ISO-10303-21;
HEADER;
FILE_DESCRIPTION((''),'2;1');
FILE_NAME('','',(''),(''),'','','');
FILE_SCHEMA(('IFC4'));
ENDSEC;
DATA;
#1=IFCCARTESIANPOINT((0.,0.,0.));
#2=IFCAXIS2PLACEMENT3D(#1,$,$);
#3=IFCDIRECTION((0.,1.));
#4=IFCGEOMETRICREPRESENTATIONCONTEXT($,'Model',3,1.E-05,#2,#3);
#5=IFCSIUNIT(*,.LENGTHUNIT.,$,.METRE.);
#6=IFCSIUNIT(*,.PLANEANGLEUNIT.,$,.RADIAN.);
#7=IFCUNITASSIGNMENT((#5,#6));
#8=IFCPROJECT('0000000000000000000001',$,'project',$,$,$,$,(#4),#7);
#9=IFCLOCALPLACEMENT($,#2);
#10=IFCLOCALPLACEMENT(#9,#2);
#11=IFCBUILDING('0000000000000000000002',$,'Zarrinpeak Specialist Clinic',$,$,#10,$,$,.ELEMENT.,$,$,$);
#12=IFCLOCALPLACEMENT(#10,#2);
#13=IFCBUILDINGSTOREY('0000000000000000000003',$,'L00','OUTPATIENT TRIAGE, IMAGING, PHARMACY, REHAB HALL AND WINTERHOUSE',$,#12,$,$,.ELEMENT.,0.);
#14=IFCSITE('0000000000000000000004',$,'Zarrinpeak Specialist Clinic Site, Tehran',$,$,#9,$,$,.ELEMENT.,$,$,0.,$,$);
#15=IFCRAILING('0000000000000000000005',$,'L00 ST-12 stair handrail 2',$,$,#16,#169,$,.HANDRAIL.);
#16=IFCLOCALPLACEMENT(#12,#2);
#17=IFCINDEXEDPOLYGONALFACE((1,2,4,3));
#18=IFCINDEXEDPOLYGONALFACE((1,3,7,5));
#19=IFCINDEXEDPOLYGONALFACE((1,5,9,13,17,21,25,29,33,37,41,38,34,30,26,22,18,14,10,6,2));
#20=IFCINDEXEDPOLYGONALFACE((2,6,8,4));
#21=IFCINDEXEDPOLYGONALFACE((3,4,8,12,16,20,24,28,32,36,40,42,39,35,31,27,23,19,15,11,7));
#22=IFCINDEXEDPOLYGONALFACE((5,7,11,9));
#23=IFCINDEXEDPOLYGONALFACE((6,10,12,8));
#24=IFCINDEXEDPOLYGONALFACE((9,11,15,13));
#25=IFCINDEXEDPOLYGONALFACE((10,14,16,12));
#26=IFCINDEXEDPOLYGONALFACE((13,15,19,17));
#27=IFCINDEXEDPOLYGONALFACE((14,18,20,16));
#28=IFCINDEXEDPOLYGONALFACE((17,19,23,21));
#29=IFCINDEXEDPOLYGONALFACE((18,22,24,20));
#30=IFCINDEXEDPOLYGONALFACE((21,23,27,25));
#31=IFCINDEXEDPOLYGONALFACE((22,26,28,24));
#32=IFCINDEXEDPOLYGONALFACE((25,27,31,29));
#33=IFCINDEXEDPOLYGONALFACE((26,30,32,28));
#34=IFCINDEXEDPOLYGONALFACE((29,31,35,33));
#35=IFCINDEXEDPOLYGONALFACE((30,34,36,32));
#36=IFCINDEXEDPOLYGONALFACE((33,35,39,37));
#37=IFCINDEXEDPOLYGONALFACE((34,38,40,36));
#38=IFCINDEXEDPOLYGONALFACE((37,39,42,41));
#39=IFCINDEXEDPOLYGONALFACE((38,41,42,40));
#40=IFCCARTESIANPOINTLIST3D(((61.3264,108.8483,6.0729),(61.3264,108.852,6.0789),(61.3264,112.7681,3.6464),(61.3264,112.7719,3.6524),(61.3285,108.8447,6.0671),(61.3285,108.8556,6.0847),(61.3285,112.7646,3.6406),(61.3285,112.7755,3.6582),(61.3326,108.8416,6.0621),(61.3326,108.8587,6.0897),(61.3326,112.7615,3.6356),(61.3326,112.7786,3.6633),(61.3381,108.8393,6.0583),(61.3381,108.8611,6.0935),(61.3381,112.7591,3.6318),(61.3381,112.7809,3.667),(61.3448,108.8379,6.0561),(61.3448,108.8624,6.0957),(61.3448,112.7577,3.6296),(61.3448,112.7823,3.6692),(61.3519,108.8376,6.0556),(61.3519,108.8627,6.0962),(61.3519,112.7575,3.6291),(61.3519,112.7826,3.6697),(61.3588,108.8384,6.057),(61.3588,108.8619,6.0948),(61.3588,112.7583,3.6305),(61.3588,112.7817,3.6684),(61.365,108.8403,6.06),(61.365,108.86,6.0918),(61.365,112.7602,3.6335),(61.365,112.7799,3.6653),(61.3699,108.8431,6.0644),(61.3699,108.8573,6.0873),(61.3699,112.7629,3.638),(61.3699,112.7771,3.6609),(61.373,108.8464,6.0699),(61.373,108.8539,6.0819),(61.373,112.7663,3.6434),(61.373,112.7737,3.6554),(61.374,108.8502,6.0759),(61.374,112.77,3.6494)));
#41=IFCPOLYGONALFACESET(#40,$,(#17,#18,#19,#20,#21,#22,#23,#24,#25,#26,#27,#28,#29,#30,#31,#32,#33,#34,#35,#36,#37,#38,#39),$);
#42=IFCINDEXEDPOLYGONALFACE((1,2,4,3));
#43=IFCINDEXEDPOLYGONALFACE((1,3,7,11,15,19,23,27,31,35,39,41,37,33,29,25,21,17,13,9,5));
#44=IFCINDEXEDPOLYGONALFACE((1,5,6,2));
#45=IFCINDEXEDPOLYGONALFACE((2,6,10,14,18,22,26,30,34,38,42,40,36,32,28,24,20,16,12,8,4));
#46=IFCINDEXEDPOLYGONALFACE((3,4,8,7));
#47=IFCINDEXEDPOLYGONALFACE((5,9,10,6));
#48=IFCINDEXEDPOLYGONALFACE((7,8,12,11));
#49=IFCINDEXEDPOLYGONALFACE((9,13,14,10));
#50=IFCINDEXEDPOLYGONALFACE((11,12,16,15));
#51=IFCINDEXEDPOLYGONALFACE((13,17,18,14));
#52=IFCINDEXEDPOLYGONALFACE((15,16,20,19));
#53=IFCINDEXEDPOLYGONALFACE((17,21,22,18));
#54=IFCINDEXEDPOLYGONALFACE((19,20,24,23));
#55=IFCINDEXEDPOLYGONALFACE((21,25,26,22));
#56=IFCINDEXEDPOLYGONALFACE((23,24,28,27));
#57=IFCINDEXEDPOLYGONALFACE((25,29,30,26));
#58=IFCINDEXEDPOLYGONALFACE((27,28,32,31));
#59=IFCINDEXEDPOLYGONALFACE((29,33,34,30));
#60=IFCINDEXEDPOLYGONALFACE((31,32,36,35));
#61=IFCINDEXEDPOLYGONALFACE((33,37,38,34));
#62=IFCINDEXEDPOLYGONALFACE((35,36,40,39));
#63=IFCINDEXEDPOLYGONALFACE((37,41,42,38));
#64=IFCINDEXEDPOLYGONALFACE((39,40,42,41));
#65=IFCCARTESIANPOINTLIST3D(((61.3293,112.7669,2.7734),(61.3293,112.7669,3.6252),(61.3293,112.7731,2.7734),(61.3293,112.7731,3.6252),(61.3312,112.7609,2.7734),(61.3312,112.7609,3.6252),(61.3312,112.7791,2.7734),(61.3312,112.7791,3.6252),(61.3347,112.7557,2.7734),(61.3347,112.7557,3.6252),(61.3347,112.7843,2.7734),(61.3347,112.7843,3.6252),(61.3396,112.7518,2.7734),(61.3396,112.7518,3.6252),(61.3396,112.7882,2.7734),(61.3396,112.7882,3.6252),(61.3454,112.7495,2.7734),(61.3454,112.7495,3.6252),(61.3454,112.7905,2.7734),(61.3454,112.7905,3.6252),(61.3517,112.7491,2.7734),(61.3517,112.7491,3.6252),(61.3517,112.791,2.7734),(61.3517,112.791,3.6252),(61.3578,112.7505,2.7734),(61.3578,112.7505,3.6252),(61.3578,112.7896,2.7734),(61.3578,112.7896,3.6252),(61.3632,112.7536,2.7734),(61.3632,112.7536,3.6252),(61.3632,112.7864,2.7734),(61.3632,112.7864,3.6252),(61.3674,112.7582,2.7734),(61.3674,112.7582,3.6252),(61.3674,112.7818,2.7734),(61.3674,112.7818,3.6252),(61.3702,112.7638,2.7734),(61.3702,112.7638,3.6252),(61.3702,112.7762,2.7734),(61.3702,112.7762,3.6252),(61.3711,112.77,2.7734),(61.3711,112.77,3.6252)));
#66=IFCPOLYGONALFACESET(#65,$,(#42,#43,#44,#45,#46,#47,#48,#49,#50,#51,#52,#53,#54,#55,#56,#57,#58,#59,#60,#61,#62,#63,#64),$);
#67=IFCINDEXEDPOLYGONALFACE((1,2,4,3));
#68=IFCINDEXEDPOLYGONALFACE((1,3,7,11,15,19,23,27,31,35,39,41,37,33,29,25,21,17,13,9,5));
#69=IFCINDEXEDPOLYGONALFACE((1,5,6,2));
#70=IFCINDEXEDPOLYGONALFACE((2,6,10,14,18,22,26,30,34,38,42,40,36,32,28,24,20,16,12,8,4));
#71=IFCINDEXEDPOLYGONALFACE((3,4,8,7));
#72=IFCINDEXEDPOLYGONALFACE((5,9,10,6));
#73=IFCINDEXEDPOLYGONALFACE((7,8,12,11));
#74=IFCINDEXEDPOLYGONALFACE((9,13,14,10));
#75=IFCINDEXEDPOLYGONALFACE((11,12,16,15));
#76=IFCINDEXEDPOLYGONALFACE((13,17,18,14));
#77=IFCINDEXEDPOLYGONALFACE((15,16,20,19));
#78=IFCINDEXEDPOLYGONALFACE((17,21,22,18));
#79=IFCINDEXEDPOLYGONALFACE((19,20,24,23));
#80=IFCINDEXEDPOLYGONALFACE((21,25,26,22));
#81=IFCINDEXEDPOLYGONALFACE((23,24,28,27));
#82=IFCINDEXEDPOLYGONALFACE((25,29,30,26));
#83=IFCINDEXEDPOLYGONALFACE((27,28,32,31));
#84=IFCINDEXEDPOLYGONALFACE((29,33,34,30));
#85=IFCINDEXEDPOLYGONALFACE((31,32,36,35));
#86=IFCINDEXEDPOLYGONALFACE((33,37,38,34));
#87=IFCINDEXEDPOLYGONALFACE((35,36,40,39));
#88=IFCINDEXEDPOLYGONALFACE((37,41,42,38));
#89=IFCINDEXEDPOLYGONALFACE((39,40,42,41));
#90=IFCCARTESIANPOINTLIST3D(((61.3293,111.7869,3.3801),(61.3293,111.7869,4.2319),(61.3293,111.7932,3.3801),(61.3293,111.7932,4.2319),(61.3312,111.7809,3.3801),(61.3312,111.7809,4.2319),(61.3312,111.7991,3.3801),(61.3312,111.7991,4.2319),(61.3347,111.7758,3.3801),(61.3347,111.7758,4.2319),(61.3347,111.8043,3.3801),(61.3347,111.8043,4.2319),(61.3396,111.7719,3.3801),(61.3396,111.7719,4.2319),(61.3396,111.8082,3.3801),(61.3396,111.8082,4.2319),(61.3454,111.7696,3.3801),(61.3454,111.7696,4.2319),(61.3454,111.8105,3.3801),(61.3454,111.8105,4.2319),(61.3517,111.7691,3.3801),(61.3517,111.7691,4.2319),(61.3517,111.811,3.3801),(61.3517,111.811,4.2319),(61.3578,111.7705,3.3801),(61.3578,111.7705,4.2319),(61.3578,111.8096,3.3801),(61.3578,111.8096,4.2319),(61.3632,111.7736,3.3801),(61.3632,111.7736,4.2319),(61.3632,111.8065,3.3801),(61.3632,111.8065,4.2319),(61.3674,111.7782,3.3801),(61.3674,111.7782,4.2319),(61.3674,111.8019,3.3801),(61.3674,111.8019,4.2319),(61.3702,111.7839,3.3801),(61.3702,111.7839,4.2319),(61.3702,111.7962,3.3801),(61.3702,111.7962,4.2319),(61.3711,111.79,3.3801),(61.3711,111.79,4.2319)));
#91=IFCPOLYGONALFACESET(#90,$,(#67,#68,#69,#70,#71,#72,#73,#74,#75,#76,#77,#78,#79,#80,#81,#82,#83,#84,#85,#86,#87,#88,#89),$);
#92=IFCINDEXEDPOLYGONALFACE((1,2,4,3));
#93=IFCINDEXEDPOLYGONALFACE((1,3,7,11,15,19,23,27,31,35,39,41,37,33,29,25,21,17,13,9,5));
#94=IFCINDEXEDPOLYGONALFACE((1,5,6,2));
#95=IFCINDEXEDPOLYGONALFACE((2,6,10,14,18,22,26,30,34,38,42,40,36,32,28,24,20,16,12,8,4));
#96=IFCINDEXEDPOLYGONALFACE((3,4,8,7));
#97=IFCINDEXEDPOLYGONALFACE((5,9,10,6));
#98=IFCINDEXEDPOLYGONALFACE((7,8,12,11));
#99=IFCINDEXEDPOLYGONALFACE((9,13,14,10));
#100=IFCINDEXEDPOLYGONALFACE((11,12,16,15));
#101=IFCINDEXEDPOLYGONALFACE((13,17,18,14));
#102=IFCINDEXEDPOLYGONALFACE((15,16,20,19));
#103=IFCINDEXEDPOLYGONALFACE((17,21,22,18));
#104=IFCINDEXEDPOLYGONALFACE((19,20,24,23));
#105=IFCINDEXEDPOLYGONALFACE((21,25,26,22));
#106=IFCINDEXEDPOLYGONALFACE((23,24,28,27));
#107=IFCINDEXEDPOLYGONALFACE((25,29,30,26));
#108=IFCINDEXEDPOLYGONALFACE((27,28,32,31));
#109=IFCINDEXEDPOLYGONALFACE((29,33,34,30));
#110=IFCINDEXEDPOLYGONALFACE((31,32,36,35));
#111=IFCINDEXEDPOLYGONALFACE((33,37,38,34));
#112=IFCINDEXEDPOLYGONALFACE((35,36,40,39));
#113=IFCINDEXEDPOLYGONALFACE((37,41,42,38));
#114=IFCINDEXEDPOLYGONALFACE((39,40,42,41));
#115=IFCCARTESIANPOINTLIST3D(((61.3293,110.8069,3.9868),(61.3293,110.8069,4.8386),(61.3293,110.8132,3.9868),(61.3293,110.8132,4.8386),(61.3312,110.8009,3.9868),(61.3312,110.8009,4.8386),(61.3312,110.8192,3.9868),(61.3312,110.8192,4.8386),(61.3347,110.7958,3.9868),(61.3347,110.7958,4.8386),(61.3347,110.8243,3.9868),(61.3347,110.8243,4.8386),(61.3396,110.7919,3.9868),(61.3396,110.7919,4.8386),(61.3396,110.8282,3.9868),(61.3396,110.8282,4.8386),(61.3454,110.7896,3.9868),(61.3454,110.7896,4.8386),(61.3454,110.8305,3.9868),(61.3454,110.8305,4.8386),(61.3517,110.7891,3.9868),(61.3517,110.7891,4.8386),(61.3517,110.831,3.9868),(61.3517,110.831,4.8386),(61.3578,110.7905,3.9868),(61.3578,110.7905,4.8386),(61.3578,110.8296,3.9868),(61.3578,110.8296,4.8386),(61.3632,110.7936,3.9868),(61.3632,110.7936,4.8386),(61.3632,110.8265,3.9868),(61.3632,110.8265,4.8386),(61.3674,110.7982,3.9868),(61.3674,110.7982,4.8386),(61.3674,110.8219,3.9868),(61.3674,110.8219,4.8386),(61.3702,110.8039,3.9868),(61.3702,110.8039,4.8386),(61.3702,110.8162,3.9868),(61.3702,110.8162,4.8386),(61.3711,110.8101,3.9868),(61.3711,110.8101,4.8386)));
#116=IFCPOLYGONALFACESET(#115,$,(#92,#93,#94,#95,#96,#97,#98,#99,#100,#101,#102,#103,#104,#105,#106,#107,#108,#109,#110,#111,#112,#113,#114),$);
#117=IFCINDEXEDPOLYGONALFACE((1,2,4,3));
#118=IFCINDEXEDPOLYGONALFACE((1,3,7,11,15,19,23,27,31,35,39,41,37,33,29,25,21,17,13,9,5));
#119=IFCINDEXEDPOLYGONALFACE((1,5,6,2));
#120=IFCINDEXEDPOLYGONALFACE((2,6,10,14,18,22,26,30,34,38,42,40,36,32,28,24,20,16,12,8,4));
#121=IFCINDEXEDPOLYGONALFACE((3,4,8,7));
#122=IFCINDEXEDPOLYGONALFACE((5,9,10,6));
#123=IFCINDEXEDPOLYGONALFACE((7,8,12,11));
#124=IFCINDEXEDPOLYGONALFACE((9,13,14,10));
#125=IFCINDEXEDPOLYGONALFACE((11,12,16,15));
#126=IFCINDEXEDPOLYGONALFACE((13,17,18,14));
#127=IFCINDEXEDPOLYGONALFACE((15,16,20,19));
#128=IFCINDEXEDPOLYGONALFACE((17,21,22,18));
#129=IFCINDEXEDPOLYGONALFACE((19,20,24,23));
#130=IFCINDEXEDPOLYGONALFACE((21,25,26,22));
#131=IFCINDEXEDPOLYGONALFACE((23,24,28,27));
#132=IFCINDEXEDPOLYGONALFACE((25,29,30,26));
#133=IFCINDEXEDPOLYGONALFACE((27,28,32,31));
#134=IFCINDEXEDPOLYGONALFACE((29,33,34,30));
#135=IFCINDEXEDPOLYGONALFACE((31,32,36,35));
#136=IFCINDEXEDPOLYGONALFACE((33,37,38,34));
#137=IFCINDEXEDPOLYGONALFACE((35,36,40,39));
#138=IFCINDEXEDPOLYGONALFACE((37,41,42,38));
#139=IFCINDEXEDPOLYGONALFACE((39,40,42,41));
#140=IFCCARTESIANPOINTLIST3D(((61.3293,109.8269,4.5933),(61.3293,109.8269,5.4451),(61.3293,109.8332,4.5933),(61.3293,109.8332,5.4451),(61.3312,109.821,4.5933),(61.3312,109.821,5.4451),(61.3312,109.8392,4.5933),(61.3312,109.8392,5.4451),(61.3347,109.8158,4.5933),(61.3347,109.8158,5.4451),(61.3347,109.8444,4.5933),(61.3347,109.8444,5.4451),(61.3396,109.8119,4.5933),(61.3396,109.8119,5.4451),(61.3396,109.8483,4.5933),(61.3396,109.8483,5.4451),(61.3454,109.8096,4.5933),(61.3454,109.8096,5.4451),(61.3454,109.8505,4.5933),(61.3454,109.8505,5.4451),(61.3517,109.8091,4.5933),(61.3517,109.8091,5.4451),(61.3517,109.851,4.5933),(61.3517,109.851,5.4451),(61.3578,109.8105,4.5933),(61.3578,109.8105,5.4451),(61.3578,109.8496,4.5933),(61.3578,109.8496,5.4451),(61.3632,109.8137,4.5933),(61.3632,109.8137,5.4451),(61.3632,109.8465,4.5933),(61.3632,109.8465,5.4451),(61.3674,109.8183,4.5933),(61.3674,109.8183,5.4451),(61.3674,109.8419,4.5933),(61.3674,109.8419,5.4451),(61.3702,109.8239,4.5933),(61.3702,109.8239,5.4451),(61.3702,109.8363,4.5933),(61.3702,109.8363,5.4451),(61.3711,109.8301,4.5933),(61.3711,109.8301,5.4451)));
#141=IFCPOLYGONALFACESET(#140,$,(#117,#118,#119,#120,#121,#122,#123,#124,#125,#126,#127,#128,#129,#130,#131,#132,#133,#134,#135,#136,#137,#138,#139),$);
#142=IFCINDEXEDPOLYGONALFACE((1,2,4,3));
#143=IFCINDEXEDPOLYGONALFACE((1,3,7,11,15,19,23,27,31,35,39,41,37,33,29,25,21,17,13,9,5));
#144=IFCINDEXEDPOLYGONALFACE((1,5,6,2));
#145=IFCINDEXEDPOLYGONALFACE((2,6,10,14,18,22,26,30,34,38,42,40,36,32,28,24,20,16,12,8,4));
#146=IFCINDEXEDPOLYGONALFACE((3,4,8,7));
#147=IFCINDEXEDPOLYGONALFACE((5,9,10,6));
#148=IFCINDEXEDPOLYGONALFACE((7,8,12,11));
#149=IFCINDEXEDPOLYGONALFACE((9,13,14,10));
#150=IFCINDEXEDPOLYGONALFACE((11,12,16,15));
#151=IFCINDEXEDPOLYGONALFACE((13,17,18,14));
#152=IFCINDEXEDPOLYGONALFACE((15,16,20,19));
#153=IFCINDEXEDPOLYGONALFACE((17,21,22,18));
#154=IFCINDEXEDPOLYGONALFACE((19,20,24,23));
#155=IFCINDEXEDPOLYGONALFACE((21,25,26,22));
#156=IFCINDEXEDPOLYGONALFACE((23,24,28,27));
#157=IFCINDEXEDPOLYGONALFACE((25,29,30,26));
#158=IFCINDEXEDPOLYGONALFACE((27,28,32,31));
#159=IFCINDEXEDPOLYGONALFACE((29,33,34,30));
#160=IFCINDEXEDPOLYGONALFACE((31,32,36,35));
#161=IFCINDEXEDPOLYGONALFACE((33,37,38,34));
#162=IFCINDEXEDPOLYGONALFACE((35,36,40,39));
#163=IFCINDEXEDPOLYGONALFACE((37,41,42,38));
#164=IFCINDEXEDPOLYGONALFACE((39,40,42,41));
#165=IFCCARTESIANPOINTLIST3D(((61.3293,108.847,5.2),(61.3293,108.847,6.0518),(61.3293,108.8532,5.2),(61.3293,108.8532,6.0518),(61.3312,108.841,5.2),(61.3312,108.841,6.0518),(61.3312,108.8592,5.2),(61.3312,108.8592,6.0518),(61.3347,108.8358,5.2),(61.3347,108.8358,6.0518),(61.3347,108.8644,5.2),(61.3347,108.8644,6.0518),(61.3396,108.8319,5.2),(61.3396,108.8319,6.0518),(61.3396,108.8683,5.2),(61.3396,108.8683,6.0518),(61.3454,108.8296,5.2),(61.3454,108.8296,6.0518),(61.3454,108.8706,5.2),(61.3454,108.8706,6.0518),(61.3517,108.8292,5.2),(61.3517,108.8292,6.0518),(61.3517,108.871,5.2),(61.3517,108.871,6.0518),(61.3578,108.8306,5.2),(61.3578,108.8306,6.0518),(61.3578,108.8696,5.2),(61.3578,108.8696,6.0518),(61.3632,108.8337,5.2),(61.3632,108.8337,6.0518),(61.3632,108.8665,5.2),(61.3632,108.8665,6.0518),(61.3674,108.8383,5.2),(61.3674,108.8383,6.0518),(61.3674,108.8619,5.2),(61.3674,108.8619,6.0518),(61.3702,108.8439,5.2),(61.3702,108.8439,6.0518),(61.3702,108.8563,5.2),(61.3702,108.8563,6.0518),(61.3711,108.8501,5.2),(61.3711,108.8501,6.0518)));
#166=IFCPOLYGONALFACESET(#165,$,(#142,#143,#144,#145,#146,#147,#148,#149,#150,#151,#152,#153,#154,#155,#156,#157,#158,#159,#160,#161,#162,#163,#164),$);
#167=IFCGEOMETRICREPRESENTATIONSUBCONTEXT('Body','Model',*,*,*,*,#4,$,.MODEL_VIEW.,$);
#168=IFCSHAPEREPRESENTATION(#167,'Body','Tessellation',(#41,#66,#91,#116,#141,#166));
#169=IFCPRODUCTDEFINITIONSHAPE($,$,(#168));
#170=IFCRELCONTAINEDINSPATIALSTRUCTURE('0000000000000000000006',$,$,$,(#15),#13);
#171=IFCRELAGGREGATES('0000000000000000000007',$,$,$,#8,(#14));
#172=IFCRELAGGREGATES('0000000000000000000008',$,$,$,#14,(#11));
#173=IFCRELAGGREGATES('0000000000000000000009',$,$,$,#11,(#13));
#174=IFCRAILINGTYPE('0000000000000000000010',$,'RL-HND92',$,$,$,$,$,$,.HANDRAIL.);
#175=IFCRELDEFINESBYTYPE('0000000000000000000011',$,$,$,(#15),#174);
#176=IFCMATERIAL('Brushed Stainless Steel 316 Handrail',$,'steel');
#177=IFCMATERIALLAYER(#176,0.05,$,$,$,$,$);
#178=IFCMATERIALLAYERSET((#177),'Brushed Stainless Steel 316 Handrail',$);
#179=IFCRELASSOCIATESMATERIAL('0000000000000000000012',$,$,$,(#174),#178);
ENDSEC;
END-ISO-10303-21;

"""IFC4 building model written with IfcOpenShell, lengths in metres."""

from ifc_helpers import new_model, si_unit, direction, frame, origin, origin_2d, place, context, subcontext, project, spatial, circle, extrude, material, layer, layer_set, type_object, element, save


model = new_model("IFC4")

# Units and contexts
model_context = context("Model", 3, precision=1e-05, world=origin(), true_north=direction((0.0, 1.0)))
body_context = subcontext(model_context, "Body", "Model", "MODEL_VIEW")
ifc_project = project(units=[si_unit("LENGTHUNIT", "METRE"), si_unit("PLANEANGLEUNIT", "RADIAN")], contexts=[model_context])

# Site, building, storey
site_placement = place(None, origin())
site = spatial("IfcSite", under=ifc_project, at=site_placement, Name="Zarrinpeak Specialist Clinic Site, Tehran", CompositionType="ELEMENT", RefElevation=0.0)
building_placement = place(site_placement, origin())
building = spatial("IfcBuilding", under=site, at=building_placement, Name="Zarrinpeak Specialist Clinic", CompositionType="ELEMENT")
storey_placement = place(building_placement, origin())
storey = spatial("IfcBuildingStorey", under=building, at=storey_placement, Name="L00", Description="OUTPATIENT TRIAGE, IMAGING, PHARMACY, REHAB HALL AND WINTERHOUSE", CompositionType="ELEMENT", Elevation=0.0)

# Railing
ifc_material_1 = material(Name="Brushed Stainless Steel 316 Handrail", Category="steel")
ifc_layer_1 = layer(ifc_material_1, 0.05)
ifc_layer_set_1 = layer_set([ifc_layer_1], Name="Brushed Stainless Steel 316 Handrail")
railing_type_1 = type_object("IfcRailingType", Name="RL-HND92", PredefinedType="HANDRAIL", material=ifc_layer_set_1)
railing_1_placement = place(storey_placement, frame((61.3501, 112.77, 2.7734)))
element("IfcRailing", 1, at=railing_1_placement, inside=storey, type_object=railing_type_1, Name="L00 ST-12 stair handrail 2", PredefinedType="HANDRAIL", context=body_context, shape_type="SweptSolid", body=[
    extrude(circle(Radius=0.0239, at=origin_2d()), frame((0.0, 0.0, 0.876), z_axis=(0.0, -0.850275, 0.526338), x_axis=(1.0, 0.0, 0.0)), (0.0, 0.0, 1.0), 4.6101),
    extrude(circle(Radius=0.021, at=origin_2d()), origin(), (0.0, 0.0, 1.0), 0.8518),
    extrude(circle(Radius=0.021, at=origin_2d()), frame((0.0, -0.98, 0.6067)), (0.0, 0.0, 1.0), 0.8518),
    extrude(circle(Radius=0.021, at=origin_2d()), frame((0.0, -1.96, 1.2134)), (0.0, 0.0, 1.0), 0.8518),
    extrude(circle(Radius=0.021, at=origin_2d()), frame((0.0, -2.9399, 1.8198)), (0.0, 0.0, 1.0), 0.8518),
    extrude(circle(Radius=0.021, at=origin_2d()), frame((0.0, -3.9199, 2.4265)), (0.0, 0.0, 1.0), 0.8518),
])

save(model, "model.ifc")
